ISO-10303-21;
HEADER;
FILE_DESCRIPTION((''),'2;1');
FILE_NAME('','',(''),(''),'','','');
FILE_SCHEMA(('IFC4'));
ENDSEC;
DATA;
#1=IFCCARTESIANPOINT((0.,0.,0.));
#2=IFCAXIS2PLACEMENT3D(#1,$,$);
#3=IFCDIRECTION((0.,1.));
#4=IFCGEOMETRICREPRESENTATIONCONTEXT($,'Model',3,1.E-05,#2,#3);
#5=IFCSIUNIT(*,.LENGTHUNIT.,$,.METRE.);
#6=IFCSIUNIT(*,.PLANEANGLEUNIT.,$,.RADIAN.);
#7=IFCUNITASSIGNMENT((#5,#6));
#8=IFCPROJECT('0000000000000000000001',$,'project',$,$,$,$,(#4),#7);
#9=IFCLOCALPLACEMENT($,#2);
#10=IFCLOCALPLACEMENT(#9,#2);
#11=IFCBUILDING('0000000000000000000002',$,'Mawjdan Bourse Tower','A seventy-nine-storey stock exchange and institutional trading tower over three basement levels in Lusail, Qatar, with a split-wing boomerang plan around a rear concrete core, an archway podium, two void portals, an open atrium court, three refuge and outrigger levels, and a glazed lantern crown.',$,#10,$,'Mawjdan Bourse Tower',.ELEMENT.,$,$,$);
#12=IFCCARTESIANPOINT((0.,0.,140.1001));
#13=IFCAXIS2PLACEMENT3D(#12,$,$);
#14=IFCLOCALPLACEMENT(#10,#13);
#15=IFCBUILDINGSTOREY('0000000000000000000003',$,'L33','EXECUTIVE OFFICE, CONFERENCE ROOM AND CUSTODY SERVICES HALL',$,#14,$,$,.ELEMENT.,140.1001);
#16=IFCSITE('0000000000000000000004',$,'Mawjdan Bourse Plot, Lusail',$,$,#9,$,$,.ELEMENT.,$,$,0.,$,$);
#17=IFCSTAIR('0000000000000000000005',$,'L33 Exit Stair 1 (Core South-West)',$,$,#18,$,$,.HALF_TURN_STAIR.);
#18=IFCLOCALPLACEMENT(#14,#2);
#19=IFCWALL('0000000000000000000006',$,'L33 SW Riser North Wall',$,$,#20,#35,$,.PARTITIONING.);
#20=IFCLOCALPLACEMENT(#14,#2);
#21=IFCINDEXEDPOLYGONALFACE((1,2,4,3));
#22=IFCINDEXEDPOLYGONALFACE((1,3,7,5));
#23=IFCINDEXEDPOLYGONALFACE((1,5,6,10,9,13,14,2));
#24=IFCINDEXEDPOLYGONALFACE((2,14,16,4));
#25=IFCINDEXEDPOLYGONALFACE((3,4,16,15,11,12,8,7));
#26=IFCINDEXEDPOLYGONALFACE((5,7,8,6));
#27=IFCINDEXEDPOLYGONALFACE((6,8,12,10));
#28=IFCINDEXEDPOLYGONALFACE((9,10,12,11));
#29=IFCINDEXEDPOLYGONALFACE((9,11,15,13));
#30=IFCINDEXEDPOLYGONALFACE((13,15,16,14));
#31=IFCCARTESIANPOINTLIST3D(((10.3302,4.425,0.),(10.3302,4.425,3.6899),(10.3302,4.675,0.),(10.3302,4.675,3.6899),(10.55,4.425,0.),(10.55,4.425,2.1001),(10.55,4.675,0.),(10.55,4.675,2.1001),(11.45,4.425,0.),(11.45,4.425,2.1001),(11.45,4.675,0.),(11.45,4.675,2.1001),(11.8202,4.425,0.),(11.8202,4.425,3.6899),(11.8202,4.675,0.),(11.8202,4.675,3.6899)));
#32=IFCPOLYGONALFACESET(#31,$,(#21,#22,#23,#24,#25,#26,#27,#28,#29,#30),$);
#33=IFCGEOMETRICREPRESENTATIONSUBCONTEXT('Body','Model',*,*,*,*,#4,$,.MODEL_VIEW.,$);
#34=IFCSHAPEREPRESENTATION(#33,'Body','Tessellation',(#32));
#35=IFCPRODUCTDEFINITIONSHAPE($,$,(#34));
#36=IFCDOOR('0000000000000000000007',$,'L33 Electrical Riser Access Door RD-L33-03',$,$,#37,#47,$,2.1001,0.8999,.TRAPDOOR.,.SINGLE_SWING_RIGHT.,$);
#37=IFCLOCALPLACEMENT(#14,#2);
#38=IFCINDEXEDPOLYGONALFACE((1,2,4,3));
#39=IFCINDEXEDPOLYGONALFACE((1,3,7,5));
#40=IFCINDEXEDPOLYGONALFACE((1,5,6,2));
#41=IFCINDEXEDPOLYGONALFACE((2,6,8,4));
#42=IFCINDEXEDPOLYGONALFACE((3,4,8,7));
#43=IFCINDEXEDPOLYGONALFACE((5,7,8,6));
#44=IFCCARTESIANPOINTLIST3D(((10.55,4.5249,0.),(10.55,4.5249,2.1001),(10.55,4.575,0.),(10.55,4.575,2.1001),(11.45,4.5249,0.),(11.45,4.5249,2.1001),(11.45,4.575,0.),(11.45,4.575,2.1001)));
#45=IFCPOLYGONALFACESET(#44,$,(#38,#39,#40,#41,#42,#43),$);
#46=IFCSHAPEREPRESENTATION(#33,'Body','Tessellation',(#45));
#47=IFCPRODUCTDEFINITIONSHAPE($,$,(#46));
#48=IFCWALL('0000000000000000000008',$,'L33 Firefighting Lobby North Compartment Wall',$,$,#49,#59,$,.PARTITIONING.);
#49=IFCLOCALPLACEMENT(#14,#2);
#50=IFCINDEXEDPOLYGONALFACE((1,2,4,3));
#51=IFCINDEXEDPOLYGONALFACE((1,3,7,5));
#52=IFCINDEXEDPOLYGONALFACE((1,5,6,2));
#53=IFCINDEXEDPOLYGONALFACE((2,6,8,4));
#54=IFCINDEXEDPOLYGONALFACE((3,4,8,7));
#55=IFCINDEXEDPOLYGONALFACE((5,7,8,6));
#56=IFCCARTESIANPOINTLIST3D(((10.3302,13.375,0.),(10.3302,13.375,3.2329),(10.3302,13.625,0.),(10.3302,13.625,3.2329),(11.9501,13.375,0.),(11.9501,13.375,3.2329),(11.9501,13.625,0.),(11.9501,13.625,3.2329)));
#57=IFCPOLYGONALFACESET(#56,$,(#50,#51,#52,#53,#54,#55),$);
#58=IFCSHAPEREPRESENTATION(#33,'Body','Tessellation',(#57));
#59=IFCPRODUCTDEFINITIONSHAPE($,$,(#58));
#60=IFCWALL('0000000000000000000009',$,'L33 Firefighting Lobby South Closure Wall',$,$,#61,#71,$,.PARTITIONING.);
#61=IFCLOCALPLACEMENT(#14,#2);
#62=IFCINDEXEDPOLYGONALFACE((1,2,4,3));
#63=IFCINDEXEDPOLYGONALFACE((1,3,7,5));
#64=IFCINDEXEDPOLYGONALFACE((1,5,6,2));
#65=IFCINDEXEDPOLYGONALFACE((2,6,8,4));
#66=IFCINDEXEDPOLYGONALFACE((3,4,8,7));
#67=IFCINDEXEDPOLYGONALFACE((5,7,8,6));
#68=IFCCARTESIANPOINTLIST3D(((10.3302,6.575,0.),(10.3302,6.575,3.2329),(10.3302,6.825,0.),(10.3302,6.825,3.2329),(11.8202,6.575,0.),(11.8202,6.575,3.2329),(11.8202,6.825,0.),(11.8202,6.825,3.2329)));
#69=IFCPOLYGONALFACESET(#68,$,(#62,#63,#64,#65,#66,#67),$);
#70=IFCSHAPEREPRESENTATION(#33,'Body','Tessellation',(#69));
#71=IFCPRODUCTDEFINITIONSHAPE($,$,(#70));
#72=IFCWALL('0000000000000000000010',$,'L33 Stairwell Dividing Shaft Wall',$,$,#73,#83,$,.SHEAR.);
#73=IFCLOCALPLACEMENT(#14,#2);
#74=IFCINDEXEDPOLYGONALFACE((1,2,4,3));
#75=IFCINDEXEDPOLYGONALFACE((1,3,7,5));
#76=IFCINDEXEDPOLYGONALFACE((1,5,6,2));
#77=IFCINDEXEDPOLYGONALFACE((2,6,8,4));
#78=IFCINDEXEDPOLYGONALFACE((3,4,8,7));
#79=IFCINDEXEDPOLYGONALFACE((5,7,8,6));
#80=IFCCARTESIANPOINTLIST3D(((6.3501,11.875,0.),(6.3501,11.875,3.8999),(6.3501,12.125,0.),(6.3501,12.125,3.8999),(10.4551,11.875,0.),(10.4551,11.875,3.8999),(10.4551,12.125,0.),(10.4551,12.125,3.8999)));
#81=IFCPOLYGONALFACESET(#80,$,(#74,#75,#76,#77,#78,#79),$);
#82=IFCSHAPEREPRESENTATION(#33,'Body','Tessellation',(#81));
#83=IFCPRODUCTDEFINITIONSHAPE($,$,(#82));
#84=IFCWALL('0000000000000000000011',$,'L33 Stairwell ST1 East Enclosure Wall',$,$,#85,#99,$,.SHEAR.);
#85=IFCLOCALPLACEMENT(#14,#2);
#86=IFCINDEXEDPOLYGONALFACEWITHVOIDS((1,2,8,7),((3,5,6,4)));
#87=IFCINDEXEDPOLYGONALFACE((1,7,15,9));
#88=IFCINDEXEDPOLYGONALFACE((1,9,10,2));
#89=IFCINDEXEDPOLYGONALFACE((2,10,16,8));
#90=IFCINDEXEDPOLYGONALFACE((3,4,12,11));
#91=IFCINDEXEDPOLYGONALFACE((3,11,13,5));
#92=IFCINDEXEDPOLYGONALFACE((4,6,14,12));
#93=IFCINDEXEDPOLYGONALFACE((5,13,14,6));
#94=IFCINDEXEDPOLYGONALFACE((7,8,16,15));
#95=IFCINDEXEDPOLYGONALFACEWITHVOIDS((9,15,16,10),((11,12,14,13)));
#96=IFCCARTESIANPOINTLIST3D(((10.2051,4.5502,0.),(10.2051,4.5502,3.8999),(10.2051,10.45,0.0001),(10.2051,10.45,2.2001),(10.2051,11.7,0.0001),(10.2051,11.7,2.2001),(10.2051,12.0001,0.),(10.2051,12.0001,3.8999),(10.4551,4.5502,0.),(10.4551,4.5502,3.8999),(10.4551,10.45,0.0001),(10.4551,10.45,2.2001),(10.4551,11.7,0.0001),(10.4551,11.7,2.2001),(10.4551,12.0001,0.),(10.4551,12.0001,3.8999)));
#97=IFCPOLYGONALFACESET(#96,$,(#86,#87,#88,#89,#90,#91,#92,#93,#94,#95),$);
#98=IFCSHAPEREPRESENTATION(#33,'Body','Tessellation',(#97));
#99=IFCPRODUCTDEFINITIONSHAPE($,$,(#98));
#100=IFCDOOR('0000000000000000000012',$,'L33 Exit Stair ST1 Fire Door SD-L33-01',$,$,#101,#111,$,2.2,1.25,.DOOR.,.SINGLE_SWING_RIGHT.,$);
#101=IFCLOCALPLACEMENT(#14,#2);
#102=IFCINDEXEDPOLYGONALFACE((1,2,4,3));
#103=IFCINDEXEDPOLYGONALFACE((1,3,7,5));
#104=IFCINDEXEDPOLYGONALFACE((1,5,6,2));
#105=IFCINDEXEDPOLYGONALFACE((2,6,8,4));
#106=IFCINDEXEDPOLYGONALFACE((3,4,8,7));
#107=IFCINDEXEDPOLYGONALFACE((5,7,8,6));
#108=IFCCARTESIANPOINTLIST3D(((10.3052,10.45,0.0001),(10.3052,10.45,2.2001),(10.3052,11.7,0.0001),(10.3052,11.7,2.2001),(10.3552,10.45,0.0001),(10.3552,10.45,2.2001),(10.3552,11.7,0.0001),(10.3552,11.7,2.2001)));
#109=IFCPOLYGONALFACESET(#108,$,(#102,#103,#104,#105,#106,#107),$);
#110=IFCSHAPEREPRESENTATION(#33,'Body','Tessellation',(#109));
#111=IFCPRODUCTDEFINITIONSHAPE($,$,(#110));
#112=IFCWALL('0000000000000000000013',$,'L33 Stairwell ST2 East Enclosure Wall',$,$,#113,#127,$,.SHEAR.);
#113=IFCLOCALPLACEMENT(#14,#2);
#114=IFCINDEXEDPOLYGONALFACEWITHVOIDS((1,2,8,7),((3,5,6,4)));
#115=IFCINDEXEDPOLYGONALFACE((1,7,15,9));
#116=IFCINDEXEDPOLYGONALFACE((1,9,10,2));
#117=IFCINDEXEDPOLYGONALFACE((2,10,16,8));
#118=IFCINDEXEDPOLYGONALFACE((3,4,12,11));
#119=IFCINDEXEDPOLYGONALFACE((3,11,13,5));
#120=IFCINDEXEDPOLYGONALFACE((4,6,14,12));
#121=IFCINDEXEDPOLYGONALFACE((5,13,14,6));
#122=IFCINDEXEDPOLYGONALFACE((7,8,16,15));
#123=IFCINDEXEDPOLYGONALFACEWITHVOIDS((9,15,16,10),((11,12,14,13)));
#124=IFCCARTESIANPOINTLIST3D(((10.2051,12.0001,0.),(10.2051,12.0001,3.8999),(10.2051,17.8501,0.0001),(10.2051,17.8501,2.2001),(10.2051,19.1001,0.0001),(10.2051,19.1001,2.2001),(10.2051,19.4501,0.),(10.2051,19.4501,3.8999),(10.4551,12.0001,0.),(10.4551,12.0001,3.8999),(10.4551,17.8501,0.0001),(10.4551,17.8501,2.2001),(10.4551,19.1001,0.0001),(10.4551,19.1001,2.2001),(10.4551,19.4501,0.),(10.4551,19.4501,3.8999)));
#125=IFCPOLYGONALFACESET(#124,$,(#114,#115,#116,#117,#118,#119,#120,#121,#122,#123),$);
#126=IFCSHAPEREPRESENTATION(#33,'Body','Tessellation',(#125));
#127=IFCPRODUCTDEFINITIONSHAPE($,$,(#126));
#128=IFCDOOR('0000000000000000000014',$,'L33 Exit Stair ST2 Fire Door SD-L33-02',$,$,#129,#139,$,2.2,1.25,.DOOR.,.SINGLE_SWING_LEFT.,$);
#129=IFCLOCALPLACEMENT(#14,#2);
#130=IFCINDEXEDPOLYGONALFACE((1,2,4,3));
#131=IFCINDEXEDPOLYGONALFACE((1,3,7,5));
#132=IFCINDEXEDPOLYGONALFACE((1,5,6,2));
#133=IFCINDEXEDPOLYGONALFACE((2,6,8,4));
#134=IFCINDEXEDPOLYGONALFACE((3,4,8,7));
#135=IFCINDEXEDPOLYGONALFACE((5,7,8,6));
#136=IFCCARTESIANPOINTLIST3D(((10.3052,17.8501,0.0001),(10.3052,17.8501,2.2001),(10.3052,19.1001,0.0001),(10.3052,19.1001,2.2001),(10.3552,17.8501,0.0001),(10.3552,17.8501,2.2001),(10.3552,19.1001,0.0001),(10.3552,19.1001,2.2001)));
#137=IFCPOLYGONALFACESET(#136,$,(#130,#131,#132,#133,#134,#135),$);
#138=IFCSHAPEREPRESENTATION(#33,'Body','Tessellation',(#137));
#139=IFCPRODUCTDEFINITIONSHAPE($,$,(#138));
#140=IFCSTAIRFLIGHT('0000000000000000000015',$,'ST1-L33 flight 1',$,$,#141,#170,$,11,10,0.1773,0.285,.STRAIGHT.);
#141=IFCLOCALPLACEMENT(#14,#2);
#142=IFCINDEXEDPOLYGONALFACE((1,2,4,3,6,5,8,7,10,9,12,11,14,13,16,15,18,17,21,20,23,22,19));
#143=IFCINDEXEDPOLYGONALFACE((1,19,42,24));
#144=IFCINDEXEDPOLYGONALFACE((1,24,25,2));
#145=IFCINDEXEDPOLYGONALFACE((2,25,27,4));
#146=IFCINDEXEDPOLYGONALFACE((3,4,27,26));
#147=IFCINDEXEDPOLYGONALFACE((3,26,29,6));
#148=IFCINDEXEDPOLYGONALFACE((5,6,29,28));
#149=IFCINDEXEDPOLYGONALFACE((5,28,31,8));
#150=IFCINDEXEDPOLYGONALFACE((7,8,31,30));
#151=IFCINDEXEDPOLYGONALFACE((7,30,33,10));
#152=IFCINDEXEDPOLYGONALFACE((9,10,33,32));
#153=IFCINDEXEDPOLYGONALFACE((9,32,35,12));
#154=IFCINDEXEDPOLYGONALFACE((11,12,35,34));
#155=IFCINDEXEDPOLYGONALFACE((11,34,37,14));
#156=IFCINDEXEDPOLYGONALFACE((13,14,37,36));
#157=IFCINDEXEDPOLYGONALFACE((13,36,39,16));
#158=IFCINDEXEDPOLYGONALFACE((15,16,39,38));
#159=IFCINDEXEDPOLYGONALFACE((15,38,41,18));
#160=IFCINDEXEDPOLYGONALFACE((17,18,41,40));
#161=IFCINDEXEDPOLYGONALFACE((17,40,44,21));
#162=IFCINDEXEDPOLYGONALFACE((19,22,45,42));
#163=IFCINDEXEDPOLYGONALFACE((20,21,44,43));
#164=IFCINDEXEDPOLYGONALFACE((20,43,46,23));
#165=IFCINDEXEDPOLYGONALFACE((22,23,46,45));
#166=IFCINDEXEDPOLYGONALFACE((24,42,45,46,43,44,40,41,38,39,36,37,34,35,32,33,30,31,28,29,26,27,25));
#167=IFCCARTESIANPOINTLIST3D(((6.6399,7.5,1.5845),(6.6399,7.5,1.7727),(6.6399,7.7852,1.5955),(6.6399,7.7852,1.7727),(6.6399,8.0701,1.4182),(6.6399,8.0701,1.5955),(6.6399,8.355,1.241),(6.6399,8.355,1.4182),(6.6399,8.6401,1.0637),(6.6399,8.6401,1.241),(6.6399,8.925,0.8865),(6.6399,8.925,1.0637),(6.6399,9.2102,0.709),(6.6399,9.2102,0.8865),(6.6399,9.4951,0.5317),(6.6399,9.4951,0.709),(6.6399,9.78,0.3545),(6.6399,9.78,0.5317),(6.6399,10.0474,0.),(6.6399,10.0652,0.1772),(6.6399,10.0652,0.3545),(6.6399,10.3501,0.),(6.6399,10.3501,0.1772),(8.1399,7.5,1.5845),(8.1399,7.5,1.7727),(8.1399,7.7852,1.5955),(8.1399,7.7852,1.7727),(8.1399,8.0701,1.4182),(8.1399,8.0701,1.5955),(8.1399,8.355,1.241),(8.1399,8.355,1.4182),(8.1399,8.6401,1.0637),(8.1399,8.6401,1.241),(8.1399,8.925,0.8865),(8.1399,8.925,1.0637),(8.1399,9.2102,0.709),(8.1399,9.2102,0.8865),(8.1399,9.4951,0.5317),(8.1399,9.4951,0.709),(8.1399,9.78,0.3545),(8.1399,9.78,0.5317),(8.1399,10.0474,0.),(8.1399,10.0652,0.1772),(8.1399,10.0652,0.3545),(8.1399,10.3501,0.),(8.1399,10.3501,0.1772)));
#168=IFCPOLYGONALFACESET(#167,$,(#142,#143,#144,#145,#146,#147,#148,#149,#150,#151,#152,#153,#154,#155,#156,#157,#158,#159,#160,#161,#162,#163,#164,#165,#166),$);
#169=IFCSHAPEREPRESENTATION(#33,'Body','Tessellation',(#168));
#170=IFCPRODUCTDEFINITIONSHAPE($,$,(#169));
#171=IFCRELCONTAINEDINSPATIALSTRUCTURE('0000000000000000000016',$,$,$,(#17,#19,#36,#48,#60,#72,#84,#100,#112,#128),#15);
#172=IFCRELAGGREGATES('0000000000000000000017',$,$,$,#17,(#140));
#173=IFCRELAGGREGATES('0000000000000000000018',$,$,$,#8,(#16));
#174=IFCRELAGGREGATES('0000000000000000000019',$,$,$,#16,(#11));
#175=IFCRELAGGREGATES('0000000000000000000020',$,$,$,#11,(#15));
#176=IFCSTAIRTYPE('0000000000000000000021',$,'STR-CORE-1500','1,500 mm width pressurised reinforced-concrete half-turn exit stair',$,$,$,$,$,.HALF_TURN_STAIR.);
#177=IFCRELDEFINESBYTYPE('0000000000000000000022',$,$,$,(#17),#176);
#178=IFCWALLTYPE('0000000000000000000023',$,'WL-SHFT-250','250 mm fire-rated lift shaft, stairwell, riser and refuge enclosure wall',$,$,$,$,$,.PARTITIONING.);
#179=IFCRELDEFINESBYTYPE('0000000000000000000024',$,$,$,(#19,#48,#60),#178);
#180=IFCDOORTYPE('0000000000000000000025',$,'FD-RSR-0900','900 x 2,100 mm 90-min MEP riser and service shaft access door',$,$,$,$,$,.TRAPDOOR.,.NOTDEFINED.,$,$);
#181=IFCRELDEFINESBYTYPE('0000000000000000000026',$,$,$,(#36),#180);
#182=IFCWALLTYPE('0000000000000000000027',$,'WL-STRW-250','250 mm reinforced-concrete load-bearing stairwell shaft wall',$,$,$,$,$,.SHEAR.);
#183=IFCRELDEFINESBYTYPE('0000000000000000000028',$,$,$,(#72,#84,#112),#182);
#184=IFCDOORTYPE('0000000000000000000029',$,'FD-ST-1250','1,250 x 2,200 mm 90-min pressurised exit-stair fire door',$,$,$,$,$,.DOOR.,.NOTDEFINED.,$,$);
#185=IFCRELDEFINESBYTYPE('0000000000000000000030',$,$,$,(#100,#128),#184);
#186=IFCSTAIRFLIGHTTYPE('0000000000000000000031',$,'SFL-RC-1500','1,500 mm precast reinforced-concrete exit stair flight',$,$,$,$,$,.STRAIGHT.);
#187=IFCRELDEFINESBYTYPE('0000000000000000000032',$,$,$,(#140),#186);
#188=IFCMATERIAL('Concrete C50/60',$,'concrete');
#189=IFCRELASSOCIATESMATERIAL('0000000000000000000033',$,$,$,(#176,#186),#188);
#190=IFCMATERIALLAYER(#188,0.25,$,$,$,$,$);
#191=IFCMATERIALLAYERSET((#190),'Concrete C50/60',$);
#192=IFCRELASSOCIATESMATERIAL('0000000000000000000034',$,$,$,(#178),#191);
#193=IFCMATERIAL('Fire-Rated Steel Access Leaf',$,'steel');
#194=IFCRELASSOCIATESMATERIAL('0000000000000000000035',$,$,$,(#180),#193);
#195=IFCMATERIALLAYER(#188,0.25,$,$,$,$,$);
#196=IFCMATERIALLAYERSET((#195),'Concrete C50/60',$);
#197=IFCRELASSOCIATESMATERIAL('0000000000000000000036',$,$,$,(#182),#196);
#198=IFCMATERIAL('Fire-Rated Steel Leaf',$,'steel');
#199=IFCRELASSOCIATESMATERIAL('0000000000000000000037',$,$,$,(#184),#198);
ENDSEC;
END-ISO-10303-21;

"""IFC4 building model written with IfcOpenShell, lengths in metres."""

from ifc_helpers import new_model, si_unit, direction, frame, frame_2d, origin, place, context, subcontext, project, spatial, polyline, rectangle, outline, extrude, material, layer, layer_set, type_object, element, fill, aggregate, save


model = new_model("IFC4")

# Units and contexts
model_context = context("Model", 3, precision=1e-05, world=origin(), true_north=direction((0.0, 1.0)))
body_context = subcontext(model_context, "Body", "Model", "MODEL_VIEW")
ifc_project = project(units=[si_unit("LENGTHUNIT", "METRE"), si_unit("PLANEANGLEUNIT", "RADIAN")], contexts=[model_context])

# Site, building, storey
site_placement = place(None, origin())
site = spatial("IfcSite", under=ifc_project, at=site_placement, Name="Mawjdan Bourse Plot, Lusail", CompositionType="ELEMENT", RefElevation=0.0)
building_placement = place(site_placement, origin())
building = spatial("IfcBuilding", under=site, at=building_placement, Name="Mawjdan Bourse Tower", Description="A seventy-nine-storey stock exchange and institutional trading tower over three basement levels in Lusail, Qatar, with a split-wing boomerang plan around a rear concrete core, an archway podium, two void portals, an open atrium court, three refuge and outrigger levels, and a glazed lantern crown.", LongName="Mawjdan Bourse Tower", CompositionType="ELEMENT")
storey_placement = place(building_placement, frame((0.0, 0.0, 140.1001)))
storey = spatial("IfcBuildingStorey", under=building, at=storey_placement, Name="L33", Description="EXECUTIVE OFFICE, CONFERENCE ROOM AND CUSTODY SERVICES HALL", CompositionType="ELEMENT", Elevation=140.1001)

# Stair
ifc_material_1 = material(Name="Concrete C50/60", Category="concrete")
stair_type = type_object("IfcStairType", Name="STR-CORE-1500", Description="1,500 mm width pressurised reinforced-concrete half-turn exit stair", PredefinedType="HALF_TURN_STAIR", material=ifc_material_1)
stair_1_placement = place(storey_placement, origin())
stair_1 = element("IfcStair", 1, at=stair_1_placement, inside=storey, type_object=stair_type, Name="L33 Exit Stair 1 (Core South-West)", PredefinedType="HALF_TURN_STAIR")

# Wall, opening, door
ifc_layer_1 = layer(ifc_material_1, 0.25)
ifc_layer_set_1 = layer_set([ifc_layer_1], Name="Concrete C50/60")
wall_type_1 = type_object("IfcWallType", Name="WL-SHFT-250", Description="250 mm fire-rated lift shaft, stairwell, riser and refuge enclosure wall", PredefinedType="PARTITIONING", material=ifc_layer_set_1)
wall_1_placement = place(storey_placement, frame((10.3301, 4.55, 0.0), z_axis=(0.0, 0.0, 1.0), x_axis=(1.0, 0.0, 0.0)))
wall_1 = element("IfcWall", 2, at=wall_1_placement, inside=storey, type_object=wall_type_1, Name="L33 SW Riser North Wall", PredefinedType="PARTITIONING", context=body_context, shape_type="SweptSolid", body=[
    extrude(rectangle(XDim=1.49, YDim=0.25, at=frame_2d((0.7451, 0.0))), origin(), (0.0, 0.0, 1.0), 3.6899),
])
opening_1_placement = place(wall_1_placement, frame((0.22, 0.0, 0.0)))
opening_1 = element("IfcOpeningElement", 3, at=opening_1_placement, cuts=wall_1, PredefinedType="OPENING", context=body_context, shape_type="SweptSolid", body=[
    extrude(rectangle(XDim=0.8999, YDim=2.1001, at=frame_2d((0.45, 1.05))), frame((0.0, 0.135, 0.0), z_axis=(0.0, -1.0, 0.0), x_axis=(1.0, 0.0, 0.0)), (0.0, 0.0, 1.0), 0.27),
])
ifc_material_2 = material(Name="Fire-Rated Steel Access Leaf", Category="steel")
door_type_1 = type_object("IfcDoorType", Name="FD-RSR-0900", Description="900 x 2,100 mm 90-min MEP riser and service shaft access door", OperationType="NOTDEFINED", PredefinedType="TRAPDOOR", material=ifc_material_2)
door_1_placement = place(opening_1_placement, origin())
door_1 = element("IfcDoor", 4, at=door_1_placement, inside=storey, type_object=door_type_1, Name="L33 Electrical Riser Access Door RD-L33-03", OperationType="SINGLE_SWING_RIGHT", OverallHeight=2.1001, OverallWidth=0.8999, PredefinedType="TRAPDOOR", context=body_context, shape_type="SweptSolid", body=[
    extrude(rectangle(XDim=0.8999, YDim=2.1001, at=frame_2d((0.45, 1.05))), frame((0.0, 0.0249, 0.0), z_axis=(0.0, -1.0, 0.0), x_axis=(1.0, 0.0, 0.0)), (0.0, 0.0, 1.0), 0.05),
])
fill(opening_1, door_1)

# Walls
wall_2_placement = place(storey_placement, frame((10.3301, 13.5, 0.0), z_axis=(0.0, 0.0, 1.0), x_axis=(1.0, 0.0, 0.0)))
element("IfcWall", 5, at=wall_2_placement, inside=storey, type_object=wall_type_1, Name="L33 Firefighting Lobby North Compartment Wall", PredefinedType="PARTITIONING", context=body_context, shape_type="SweptSolid", body=[
    extrude(rectangle(XDim=1.6199, YDim=0.25, at=frame_2d((0.8101, 0.0))), origin(), (0.0, 0.0, 1.0), 3.2329),
])
wall_3_placement = place(storey_placement, frame((10.3301, 6.7, 0.0), z_axis=(0.0, 0.0, 1.0), x_axis=(1.0, 0.0, 0.0)))
element("IfcWall", 6, at=wall_3_placement, inside=storey, type_object=wall_type_1, Name="L33 Firefighting Lobby South Closure Wall", PredefinedType="PARTITIONING", context=body_context, shape_type="SweptSolid", body=[
    extrude(rectangle(XDim=1.49, YDim=0.25, at=frame_2d((0.7451, 0.0))), origin(), (0.0, 0.0, 1.0), 3.2329),
])
ifc_layer_2 = layer(ifc_material_1, 0.25)
ifc_layer_set_2 = layer_set([ifc_layer_2], Name="Concrete C50/60")
wall_type_2 = type_object("IfcWallType", Name="WL-STRW-250", Description="250 mm reinforced-concrete load-bearing stairwell shaft wall", PredefinedType="SHEAR", material=ifc_layer_set_2)
wall_4_placement = place(storey_placement, frame((6.3501, 12.0, 0.0), z_axis=(0.0, 0.0, 1.0), x_axis=(1.0, 0.0, 0.0)))
element("IfcWall", 7, at=wall_4_placement, inside=storey, type_object=wall_type_2, Name="L33 Stairwell Dividing Shaft Wall", PredefinedType="SHEAR", context=body_context, shape_type="SweptSolid", body=[
    extrude(rectangle(XDim=4.105, YDim=0.25, at=frame_2d((2.0525, 0.0))), origin(), (0.0, 0.0, 1.0), 3.8999),
])

# Walls, openings, doors
wall_5_placement = place(storey_placement, frame((10.3301, 4.55, 0.0), z_axis=(0.0, 0.0, 1.0), x_axis=(0.0, 1.0, 0.0)))
wall_5 = element("IfcWall", 8, at=wall_5_placement, inside=storey, type_object=wall_type_2, Name="L33 Stairwell ST1 East Enclosure Wall", PredefinedType="SHEAR", context=body_context, shape_type="SweptSolid", body=[
    extrude(rectangle(XDim=7.45, YDim=0.25, at=frame_2d((3.7251, 0.0))), origin(), (0.0, 0.0, 1.0), 3.8999),
])
opening_2_placement = place(wall_5_placement, frame((5.8999, 0.0, 0.0)))
opening_2 = element("IfcOpeningElement", 9, at=opening_2_placement, cuts=wall_5, PredefinedType="OPENING", context=body_context, shape_type="SweptSolid", body=[
    extrude(rectangle(XDim=1.25, YDim=2.2, at=frame_2d((0.625, 1.1001))), frame((0.0, 0.135, 0.0), z_axis=(0.0, -1.0, 0.0), x_axis=(1.0, 0.0, 0.0)), (0.0, 0.0, 1.0), 0.27),
])
ifc_material_3 = material(Name="Fire-Rated Steel Leaf", Category="steel")
door_type_2 = type_object("IfcDoorType", Name="FD-ST-1250", Description="1,250 x 2,200 mm 90-min pressurised exit-stair fire door", OperationType="NOTDEFINED", PredefinedType="DOOR", material=ifc_material_3)
door_2_placement = place(opening_2_placement, origin())
door_2 = element("IfcDoor", 10, at=door_2_placement, inside=storey, type_object=door_type_2, Name="L33 Exit Stair ST1 Fire Door SD-L33-01", OperationType="SINGLE_SWING_RIGHT", OverallHeight=2.2, OverallWidth=1.25, PredefinedType="DOOR", context=body_context, shape_type="SweptSolid", body=[
    extrude(rectangle(XDim=1.25, YDim=2.2, at=frame_2d((0.625, 1.1001))), frame((0.0, 0.0249, 0.0), z_axis=(0.0, -1.0, 0.0), x_axis=(1.0, 0.0, 0.0)), (0.0, 0.0, 1.0), 0.05),
])
fill(opening_2, door_2)
wall_6_placement = place(storey_placement, frame((10.3301, 12.0, 0.0), z_axis=(0.0, 0.0, 1.0), x_axis=(0.0, 1.0, 0.0)))
wall_6 = element("IfcWall", 11, at=wall_6_placement, inside=storey, type_object=wall_type_2, Name="L33 Stairwell ST2 East Enclosure Wall", PredefinedType="SHEAR", context=body_context, shape_type="SweptSolid", body=[
    extrude(rectangle(XDim=7.45, YDim=0.25, at=frame_2d((3.7251, 0.0))), origin(), (0.0, 0.0, 1.0), 3.8999),
])
opening_3_placement = place(wall_6_placement, frame((5.8501, 0.0, 0.0)))
opening_3 = element("IfcOpeningElement", 12, at=opening_3_placement, cuts=wall_6, PredefinedType="OPENING", context=body_context, shape_type="SweptSolid", body=[
    extrude(rectangle(XDim=1.25, YDim=2.2, at=frame_2d((0.625, 1.1001))), frame((0.0, 0.135, 0.0), z_axis=(0.0, -1.0, 0.0), x_axis=(1.0, 0.0, 0.0)), (0.0, 0.0, 1.0), 0.27),
])
door_3_placement = place(opening_3_placement, origin())
door_3 = element("IfcDoor", 13, at=door_3_placement, inside=storey, type_object=door_type_2, Name="L33 Exit Stair ST2 Fire Door SD-L33-02", OperationType="SINGLE_SWING_LEFT", OverallHeight=2.2, OverallWidth=1.25, PredefinedType="DOOR", context=body_context, shape_type="SweptSolid", body=[
    extrude(rectangle(XDim=1.25, YDim=2.2, at=frame_2d((0.625, 1.1001))), frame((0.0, 0.0249, 0.0), z_axis=(0.0, -1.0, 0.0), x_axis=(1.0, 0.0, 0.0)), (0.0, 0.0, 1.0), 0.05),
])
fill(opening_3, door_3)

# Stair flight
stair_flight_type = type_object("IfcStairFlightType", Name="SFL-RC-1500", Description="1,500 mm precast reinforced-concrete exit stair flight", PredefinedType="STRAIGHT", material=ifc_material_1)
stair_flight_1_placement = place(storey_placement, frame((7.3899, 10.3501, 0.0), z_axis=(0.0, 0.0, 1.0), x_axis=(0.0, -1.0, 0.0)))
stair_flight_1 = element("IfcStairFlight", 14, at=stair_flight_1_placement, type_object=stair_flight_type, Name="ST1-L33 flight 1", NumberOfRisers=11, NumberOfTreads=10, PredefinedType="STRAIGHT", RiserHeight=0.1773, TreadLength=0.285, context=body_context, shape_type="SweptSolid", body=[
    extrude(outline(polyline([(0.0, 0.0), (0.0, 0.1772), (0.2849, 0.1772), (0.2849, 0.3545), (0.5701, 0.3545), (0.5701, 0.5317), (0.855, 0.5317), (0.855, 0.709), (1.1399, 0.709), (1.1399, 0.8865), (1.425, 0.8865), (1.425, 1.0637), (1.71, 1.0637), (1.71, 1.241), (1.9951, 1.241), (1.9951, 1.4182), (2.28, 1.4182), (2.28, 1.5955), (2.5649, 1.5955), (2.5649, 1.7727), (2.8501, 1.7727), (2.8501, 1.95), (2.8501, 1.5845), (0.3027, 0.0), (0.0, 0.0)])), frame((0.0, 0.75, 0.0), z_axis=(0.0, -1.0, 0.0), x_axis=(1.0, 0.0, 0.0)), (0.0, 0.0, 1.0), 1.5),
])
aggregate(stair_1, [stair_flight_1])

save(model, "model.ifc")
